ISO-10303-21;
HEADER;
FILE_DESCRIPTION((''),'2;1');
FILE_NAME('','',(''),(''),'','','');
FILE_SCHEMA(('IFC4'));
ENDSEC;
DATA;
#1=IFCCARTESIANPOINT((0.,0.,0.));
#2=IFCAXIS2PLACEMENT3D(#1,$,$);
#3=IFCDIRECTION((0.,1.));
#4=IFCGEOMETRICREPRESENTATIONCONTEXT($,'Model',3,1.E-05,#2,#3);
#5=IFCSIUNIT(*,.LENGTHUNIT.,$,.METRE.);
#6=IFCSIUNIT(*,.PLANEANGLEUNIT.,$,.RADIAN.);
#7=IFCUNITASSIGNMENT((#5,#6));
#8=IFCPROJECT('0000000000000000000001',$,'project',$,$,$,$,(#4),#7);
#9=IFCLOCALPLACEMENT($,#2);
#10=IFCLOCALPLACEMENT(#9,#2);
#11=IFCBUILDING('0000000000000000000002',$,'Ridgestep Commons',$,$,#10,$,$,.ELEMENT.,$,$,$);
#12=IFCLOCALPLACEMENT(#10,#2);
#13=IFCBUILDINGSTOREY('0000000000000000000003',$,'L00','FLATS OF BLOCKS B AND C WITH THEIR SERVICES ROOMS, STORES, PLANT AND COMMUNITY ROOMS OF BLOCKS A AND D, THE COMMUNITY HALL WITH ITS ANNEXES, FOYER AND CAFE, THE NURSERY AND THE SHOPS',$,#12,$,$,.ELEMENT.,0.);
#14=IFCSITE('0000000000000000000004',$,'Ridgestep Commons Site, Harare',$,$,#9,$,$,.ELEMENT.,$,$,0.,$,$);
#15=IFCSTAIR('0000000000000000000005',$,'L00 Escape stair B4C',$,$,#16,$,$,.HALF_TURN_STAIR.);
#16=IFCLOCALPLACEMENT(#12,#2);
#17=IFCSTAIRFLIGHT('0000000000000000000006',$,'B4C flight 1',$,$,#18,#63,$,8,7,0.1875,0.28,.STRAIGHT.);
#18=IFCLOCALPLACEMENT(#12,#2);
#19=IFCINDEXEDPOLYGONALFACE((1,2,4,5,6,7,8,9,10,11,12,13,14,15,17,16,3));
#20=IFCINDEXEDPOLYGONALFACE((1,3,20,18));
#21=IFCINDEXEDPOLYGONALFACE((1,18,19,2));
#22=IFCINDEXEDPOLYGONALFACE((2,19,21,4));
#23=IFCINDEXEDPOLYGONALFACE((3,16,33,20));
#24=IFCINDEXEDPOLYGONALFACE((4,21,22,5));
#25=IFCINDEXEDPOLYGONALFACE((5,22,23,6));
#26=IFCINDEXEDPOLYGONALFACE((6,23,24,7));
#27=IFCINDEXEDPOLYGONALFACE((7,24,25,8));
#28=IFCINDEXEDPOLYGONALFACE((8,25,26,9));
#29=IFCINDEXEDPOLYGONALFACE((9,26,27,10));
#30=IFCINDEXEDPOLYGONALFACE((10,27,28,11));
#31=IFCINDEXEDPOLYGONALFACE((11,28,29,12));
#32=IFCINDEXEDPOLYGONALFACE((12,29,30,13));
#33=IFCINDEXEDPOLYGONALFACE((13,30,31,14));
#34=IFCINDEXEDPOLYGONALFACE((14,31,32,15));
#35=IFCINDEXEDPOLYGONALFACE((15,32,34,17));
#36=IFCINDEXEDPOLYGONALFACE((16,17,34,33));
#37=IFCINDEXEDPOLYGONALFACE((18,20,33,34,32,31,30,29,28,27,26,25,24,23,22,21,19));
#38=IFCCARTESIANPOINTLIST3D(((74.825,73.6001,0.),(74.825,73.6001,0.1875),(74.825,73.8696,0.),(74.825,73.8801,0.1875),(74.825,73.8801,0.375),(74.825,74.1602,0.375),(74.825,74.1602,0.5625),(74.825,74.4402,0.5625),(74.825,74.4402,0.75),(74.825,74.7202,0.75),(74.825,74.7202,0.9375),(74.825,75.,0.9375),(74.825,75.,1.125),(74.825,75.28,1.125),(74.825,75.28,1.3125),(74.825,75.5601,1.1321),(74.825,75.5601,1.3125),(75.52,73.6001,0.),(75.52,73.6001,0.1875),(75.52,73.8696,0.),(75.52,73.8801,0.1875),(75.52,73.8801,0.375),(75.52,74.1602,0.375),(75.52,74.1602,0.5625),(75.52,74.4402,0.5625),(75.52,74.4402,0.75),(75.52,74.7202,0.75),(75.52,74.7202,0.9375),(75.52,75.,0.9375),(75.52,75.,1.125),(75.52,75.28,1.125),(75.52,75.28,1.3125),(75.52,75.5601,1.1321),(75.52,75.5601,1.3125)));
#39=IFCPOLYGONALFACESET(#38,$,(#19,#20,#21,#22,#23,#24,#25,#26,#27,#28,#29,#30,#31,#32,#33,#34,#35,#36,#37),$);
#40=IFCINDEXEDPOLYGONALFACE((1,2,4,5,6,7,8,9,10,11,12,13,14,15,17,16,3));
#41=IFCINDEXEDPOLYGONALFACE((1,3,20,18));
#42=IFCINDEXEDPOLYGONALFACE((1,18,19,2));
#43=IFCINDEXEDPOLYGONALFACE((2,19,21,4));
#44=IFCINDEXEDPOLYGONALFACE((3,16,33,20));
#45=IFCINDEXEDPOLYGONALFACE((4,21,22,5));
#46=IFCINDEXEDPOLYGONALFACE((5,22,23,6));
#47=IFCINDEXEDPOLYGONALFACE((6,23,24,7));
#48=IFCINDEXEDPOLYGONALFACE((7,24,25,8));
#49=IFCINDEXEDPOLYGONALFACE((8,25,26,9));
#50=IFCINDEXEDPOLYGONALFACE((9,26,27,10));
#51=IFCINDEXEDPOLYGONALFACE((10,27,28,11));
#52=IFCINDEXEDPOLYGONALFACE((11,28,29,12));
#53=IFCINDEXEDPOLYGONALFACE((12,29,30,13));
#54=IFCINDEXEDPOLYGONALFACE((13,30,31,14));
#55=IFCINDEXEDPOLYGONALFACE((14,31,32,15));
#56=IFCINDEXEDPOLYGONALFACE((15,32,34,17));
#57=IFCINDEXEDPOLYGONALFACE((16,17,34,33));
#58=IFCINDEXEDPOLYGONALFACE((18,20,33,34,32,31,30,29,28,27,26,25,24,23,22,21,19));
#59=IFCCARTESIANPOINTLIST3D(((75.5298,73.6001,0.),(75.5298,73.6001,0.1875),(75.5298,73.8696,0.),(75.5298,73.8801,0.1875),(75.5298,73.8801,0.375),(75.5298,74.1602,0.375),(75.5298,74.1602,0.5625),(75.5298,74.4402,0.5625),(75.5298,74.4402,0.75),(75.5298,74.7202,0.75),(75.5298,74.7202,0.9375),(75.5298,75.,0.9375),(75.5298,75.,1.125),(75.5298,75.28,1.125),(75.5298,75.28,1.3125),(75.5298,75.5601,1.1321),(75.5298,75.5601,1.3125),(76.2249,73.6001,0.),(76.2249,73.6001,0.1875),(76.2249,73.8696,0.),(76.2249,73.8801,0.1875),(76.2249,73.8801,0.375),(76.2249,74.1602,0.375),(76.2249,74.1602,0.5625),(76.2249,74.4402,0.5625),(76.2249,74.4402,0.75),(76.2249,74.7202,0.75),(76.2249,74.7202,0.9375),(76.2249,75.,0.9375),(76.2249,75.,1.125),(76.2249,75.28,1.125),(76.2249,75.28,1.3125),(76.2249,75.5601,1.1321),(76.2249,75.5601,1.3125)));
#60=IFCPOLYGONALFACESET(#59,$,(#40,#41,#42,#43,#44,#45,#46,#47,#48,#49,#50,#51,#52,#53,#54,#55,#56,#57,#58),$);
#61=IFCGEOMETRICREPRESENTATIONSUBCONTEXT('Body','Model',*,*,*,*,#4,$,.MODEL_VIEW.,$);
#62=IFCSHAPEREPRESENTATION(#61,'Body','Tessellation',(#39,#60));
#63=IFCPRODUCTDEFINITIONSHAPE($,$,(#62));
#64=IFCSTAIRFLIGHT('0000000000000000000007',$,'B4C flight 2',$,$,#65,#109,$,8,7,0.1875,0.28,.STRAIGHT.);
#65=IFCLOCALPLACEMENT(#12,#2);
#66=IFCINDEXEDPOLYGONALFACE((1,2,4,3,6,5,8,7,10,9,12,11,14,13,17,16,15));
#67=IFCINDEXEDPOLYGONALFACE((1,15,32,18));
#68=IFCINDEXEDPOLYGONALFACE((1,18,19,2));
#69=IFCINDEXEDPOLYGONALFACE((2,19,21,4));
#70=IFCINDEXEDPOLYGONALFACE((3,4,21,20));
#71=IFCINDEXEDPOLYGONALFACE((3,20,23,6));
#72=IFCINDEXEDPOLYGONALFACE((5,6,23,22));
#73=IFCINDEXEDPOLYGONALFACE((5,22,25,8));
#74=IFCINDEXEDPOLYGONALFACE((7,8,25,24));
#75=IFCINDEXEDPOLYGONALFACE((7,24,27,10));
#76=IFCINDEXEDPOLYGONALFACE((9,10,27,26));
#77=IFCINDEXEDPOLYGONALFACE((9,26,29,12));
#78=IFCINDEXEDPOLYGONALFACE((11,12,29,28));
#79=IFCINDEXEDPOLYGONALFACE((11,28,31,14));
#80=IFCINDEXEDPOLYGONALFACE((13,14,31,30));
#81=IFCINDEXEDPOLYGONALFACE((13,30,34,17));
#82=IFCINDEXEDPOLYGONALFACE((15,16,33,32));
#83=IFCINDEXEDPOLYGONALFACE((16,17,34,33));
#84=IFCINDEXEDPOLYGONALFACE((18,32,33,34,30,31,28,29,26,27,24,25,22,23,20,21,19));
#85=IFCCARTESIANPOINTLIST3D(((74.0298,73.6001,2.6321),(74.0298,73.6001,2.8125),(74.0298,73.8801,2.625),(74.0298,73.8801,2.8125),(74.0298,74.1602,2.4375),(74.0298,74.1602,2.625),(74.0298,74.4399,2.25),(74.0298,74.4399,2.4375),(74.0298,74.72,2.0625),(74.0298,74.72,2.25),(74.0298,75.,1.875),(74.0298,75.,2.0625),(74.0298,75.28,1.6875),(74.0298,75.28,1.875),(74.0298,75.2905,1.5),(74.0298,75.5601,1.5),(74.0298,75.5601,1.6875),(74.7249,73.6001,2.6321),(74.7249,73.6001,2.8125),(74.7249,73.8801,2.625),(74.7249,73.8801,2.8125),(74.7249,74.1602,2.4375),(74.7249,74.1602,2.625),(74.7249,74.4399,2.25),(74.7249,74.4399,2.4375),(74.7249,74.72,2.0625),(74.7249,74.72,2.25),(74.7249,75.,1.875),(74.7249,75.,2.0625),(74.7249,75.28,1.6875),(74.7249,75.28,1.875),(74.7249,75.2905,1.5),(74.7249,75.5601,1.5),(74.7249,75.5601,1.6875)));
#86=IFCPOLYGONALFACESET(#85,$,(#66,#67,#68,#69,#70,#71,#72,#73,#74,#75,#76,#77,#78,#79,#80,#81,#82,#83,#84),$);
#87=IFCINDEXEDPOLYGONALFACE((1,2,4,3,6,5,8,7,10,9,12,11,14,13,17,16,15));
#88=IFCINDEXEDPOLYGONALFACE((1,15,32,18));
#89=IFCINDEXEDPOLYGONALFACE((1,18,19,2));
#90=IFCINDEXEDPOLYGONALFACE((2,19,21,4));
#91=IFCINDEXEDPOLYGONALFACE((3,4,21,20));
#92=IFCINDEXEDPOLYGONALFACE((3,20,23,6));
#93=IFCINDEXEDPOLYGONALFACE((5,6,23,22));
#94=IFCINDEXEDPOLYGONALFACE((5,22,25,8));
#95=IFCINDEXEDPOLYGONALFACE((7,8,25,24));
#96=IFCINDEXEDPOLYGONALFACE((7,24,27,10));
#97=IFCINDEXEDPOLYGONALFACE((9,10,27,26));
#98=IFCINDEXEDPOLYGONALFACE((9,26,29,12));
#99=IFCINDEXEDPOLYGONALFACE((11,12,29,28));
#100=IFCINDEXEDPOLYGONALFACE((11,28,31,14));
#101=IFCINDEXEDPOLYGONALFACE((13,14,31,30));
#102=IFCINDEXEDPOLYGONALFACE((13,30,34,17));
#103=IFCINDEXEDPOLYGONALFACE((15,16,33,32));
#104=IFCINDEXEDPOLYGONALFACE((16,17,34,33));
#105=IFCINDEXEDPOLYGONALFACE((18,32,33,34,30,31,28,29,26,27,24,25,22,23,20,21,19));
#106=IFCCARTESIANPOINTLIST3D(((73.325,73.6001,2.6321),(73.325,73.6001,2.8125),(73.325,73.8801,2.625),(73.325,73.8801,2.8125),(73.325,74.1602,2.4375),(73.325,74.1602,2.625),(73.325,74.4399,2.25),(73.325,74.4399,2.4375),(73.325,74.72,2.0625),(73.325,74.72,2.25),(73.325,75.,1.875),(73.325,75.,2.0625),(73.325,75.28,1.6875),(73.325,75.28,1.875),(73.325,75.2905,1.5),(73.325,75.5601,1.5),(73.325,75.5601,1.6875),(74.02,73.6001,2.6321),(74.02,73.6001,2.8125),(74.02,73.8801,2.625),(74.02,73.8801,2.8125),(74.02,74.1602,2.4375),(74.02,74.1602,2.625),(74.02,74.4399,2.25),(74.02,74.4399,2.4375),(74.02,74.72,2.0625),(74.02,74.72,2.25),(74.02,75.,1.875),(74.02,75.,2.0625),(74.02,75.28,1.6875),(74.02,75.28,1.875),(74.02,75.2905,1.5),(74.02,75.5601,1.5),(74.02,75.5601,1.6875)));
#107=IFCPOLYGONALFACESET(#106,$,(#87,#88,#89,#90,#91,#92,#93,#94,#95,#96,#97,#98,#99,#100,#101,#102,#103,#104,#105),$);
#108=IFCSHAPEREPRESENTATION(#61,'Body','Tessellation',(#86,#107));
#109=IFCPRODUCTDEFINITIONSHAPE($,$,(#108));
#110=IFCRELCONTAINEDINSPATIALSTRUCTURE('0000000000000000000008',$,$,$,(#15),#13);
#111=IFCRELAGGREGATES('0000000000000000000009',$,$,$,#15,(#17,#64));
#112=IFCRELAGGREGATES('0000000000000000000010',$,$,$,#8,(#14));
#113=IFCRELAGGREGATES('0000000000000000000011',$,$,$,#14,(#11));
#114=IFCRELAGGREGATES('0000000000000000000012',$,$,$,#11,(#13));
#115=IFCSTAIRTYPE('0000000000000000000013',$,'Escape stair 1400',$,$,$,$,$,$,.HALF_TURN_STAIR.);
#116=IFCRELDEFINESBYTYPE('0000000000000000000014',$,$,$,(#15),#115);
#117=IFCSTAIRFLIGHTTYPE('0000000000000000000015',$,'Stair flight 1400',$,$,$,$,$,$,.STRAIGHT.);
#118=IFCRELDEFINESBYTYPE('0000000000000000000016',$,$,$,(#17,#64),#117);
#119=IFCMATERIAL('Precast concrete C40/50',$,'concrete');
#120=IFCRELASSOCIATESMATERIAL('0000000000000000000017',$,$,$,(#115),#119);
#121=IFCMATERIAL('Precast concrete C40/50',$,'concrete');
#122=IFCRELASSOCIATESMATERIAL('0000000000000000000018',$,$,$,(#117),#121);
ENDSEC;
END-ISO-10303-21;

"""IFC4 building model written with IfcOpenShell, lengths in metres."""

from ifc_helpers import new_model, si_unit, direction, frame, origin, place, context, subcontext, project, spatial, polyline, outline, extrude, material, type_object, element, aggregate, save


model = new_model("IFC4")

# Units and contexts
model_context = context("Model", 3, precision=1e-05, world=origin(), true_north=direction((0.0, 1.0)))
body_context = subcontext(model_context, "Body", "Model", "MODEL_VIEW")
ifc_project = project(units=[si_unit("LENGTHUNIT", "METRE"), si_unit("PLANEANGLEUNIT", "RADIAN")], contexts=[model_context])

# Site, building, storey
site_placement = place(None, origin())
site = spatial("IfcSite", under=ifc_project, at=site_placement, Name="Ridgestep Commons Site, Harare", CompositionType="ELEMENT", RefElevation=0.0)
building_placement = place(site_placement, origin())
building = spatial("IfcBuilding", under=site, at=building_placement, Name="Ridgestep Commons", CompositionType="ELEMENT")
storey_placement = place(building_placement, origin())
storey = spatial("IfcBuildingStorey", under=building, at=storey_placement, Name="L00", Description="FLATS OF BLOCKS B AND C WITH THEIR SERVICES ROOMS, STORES, PLANT AND COMMUNITY ROOMS OF BLOCKS A AND D, THE COMMUNITY HALL WITH ITS ANNEXES, FOYER AND CAFE, THE NURSERY AND THE SHOPS", CompositionType="ELEMENT", Elevation=0.0)

# Stair, stair flights
ifc_material_1 = material(Name="Precast concrete C40/50", Category="concrete")
stair_type = type_object("IfcStairType", Name="Escape stair 1400", PredefinedType="HALF_TURN_STAIR", material=ifc_material_1)
stair_placement = place(storey_placement, origin())
stair = element("IfcStair", 1, at=stair_placement, inside=storey, type_object=stair_type, Name="L00 Escape stair B4C", PredefinedType="HALF_TURN_STAIR")
ifc_material_2 = material(Name="Precast concrete C40/50", Category="concrete")
stair_flight_type = type_object("IfcStairFlightType", Name="Stair flight 1400", PredefinedType="STRAIGHT", material=ifc_material_2)
stair_flight_1_placement = place(storey_placement, frame((75.5249, 73.6001, 0.0), z_axis=(0.0, 0.0, 1.0), x_axis=(0.0, 1.0, 0.0)))
stair_flight_1 = element("IfcStairFlight", 2, at=stair_flight_1_placement, type_object=stair_flight_type, Name="B4C flight 1", NumberOfRisers=8, NumberOfTreads=7, PredefinedType="STRAIGHT", RiserHeight=0.1875, TreadLength=0.28, context=body_context, shape_type="SweptSolid", body=[
    extrude(outline(polyline([(0.0, 0.0), (0.0, 0.1875), (0.28, 0.1875), (0.28, 0.375), (0.5601, 0.375), (0.5601, 0.5625), (0.8401, 0.5625), (0.8401, 0.75), (1.1201, 0.75), (1.1201, 0.9375), (1.3999, 0.9375), (1.3999, 1.125), (1.6799, 1.125), (1.6799, 1.3125), (1.96, 1.3125), (1.96, 1.5), (1.96, 1.1321), (0.2695, 0.0), (0.0, 0.0)])), frame((0.0, 0.7, 0.0), z_axis=(0.0, -1.0, 0.0), x_axis=(1.0, 0.0, 0.0)), (0.0, 0.0, 1.0), 0.6951),
    extrude(outline(polyline([(0.0, 0.0), (0.0, 0.1875), (0.28, 0.1875), (0.28, 0.375), (0.5601, 0.375), (0.5601, 0.5625), (0.8401, 0.5625), (0.8401, 0.75), (1.1201, 0.75), (1.1201, 0.9375), (1.3999, 0.9375), (1.3999, 1.125), (1.6799, 1.125), (1.6799, 1.3125), (1.96, 1.3125), (1.96, 1.5), (1.96, 1.1321), (0.2695, 0.0), (0.0, 0.0)])), frame((0.0, -0.0049, 0.0), z_axis=(0.0, -1.0, 0.0), x_axis=(1.0, 0.0, 0.0)), (0.0, 0.0, 1.0), 0.6951),
])
stair_flight_2_placement = place(storey_placement, frame((74.0249, 75.5601, 1.5), z_axis=(0.0, 0.0, 1.0), x_axis=(0.0, -1.0, 0.0)))
stair_flight_2 = element("IfcStairFlight", 3, at=stair_flight_2_placement, type_object=stair_flight_type, Name="B4C flight 2", NumberOfRisers=8, NumberOfTreads=7, PredefinedType="STRAIGHT", RiserHeight=0.1875, TreadLength=0.28, context=body_context, shape_type="SweptSolid", body=[
    extrude(outline(polyline([(0.0, 0.0), (0.0, 0.1875), (0.28, 0.1875), (0.28, 0.375), (0.5601, 0.375), (0.5601, 0.5625), (0.8401, 0.5625), (0.8401, 0.75), (1.1201, 0.75), (1.1201, 0.9375), (1.3999, 0.9375), (1.3999, 1.125), (1.6799, 1.125), (1.6799, 1.3125), (1.96, 1.3125), (1.96, 1.5), (1.96, 1.1321), (0.2695, 0.0), (0.0, 0.0)])), frame((0.0, 0.7, 0.0), z_axis=(0.0, -1.0, 0.0), x_axis=(1.0, 0.0, 0.0)), (0.0, 0.0, 1.0), 0.6951),
    extrude(outline(polyline([(0.0, 0.0), (0.0, 0.1875), (0.28, 0.1875), (0.28, 0.375), (0.5601, 0.375), (0.5601, 0.5625), (0.8401, 0.5625), (0.8401, 0.75), (1.1201, 0.75), (1.1201, 0.9375), (1.3999, 0.9375), (1.3999, 1.125), (1.6799, 1.125), (1.6799, 1.3125), (1.96, 1.3125), (1.96, 1.5), (1.96, 1.1321), (0.2695, 0.0), (0.0, 0.0)])), frame((0.0, -0.0049, 0.0), z_axis=(0.0, -1.0, 0.0), x_axis=(1.0, 0.0, 0.0)), (0.0, 0.0, 1.0), 0.6951),
])
aggregate(stair, [stair_flight_1, stair_flight_2])

save(model, "model.ifc")
